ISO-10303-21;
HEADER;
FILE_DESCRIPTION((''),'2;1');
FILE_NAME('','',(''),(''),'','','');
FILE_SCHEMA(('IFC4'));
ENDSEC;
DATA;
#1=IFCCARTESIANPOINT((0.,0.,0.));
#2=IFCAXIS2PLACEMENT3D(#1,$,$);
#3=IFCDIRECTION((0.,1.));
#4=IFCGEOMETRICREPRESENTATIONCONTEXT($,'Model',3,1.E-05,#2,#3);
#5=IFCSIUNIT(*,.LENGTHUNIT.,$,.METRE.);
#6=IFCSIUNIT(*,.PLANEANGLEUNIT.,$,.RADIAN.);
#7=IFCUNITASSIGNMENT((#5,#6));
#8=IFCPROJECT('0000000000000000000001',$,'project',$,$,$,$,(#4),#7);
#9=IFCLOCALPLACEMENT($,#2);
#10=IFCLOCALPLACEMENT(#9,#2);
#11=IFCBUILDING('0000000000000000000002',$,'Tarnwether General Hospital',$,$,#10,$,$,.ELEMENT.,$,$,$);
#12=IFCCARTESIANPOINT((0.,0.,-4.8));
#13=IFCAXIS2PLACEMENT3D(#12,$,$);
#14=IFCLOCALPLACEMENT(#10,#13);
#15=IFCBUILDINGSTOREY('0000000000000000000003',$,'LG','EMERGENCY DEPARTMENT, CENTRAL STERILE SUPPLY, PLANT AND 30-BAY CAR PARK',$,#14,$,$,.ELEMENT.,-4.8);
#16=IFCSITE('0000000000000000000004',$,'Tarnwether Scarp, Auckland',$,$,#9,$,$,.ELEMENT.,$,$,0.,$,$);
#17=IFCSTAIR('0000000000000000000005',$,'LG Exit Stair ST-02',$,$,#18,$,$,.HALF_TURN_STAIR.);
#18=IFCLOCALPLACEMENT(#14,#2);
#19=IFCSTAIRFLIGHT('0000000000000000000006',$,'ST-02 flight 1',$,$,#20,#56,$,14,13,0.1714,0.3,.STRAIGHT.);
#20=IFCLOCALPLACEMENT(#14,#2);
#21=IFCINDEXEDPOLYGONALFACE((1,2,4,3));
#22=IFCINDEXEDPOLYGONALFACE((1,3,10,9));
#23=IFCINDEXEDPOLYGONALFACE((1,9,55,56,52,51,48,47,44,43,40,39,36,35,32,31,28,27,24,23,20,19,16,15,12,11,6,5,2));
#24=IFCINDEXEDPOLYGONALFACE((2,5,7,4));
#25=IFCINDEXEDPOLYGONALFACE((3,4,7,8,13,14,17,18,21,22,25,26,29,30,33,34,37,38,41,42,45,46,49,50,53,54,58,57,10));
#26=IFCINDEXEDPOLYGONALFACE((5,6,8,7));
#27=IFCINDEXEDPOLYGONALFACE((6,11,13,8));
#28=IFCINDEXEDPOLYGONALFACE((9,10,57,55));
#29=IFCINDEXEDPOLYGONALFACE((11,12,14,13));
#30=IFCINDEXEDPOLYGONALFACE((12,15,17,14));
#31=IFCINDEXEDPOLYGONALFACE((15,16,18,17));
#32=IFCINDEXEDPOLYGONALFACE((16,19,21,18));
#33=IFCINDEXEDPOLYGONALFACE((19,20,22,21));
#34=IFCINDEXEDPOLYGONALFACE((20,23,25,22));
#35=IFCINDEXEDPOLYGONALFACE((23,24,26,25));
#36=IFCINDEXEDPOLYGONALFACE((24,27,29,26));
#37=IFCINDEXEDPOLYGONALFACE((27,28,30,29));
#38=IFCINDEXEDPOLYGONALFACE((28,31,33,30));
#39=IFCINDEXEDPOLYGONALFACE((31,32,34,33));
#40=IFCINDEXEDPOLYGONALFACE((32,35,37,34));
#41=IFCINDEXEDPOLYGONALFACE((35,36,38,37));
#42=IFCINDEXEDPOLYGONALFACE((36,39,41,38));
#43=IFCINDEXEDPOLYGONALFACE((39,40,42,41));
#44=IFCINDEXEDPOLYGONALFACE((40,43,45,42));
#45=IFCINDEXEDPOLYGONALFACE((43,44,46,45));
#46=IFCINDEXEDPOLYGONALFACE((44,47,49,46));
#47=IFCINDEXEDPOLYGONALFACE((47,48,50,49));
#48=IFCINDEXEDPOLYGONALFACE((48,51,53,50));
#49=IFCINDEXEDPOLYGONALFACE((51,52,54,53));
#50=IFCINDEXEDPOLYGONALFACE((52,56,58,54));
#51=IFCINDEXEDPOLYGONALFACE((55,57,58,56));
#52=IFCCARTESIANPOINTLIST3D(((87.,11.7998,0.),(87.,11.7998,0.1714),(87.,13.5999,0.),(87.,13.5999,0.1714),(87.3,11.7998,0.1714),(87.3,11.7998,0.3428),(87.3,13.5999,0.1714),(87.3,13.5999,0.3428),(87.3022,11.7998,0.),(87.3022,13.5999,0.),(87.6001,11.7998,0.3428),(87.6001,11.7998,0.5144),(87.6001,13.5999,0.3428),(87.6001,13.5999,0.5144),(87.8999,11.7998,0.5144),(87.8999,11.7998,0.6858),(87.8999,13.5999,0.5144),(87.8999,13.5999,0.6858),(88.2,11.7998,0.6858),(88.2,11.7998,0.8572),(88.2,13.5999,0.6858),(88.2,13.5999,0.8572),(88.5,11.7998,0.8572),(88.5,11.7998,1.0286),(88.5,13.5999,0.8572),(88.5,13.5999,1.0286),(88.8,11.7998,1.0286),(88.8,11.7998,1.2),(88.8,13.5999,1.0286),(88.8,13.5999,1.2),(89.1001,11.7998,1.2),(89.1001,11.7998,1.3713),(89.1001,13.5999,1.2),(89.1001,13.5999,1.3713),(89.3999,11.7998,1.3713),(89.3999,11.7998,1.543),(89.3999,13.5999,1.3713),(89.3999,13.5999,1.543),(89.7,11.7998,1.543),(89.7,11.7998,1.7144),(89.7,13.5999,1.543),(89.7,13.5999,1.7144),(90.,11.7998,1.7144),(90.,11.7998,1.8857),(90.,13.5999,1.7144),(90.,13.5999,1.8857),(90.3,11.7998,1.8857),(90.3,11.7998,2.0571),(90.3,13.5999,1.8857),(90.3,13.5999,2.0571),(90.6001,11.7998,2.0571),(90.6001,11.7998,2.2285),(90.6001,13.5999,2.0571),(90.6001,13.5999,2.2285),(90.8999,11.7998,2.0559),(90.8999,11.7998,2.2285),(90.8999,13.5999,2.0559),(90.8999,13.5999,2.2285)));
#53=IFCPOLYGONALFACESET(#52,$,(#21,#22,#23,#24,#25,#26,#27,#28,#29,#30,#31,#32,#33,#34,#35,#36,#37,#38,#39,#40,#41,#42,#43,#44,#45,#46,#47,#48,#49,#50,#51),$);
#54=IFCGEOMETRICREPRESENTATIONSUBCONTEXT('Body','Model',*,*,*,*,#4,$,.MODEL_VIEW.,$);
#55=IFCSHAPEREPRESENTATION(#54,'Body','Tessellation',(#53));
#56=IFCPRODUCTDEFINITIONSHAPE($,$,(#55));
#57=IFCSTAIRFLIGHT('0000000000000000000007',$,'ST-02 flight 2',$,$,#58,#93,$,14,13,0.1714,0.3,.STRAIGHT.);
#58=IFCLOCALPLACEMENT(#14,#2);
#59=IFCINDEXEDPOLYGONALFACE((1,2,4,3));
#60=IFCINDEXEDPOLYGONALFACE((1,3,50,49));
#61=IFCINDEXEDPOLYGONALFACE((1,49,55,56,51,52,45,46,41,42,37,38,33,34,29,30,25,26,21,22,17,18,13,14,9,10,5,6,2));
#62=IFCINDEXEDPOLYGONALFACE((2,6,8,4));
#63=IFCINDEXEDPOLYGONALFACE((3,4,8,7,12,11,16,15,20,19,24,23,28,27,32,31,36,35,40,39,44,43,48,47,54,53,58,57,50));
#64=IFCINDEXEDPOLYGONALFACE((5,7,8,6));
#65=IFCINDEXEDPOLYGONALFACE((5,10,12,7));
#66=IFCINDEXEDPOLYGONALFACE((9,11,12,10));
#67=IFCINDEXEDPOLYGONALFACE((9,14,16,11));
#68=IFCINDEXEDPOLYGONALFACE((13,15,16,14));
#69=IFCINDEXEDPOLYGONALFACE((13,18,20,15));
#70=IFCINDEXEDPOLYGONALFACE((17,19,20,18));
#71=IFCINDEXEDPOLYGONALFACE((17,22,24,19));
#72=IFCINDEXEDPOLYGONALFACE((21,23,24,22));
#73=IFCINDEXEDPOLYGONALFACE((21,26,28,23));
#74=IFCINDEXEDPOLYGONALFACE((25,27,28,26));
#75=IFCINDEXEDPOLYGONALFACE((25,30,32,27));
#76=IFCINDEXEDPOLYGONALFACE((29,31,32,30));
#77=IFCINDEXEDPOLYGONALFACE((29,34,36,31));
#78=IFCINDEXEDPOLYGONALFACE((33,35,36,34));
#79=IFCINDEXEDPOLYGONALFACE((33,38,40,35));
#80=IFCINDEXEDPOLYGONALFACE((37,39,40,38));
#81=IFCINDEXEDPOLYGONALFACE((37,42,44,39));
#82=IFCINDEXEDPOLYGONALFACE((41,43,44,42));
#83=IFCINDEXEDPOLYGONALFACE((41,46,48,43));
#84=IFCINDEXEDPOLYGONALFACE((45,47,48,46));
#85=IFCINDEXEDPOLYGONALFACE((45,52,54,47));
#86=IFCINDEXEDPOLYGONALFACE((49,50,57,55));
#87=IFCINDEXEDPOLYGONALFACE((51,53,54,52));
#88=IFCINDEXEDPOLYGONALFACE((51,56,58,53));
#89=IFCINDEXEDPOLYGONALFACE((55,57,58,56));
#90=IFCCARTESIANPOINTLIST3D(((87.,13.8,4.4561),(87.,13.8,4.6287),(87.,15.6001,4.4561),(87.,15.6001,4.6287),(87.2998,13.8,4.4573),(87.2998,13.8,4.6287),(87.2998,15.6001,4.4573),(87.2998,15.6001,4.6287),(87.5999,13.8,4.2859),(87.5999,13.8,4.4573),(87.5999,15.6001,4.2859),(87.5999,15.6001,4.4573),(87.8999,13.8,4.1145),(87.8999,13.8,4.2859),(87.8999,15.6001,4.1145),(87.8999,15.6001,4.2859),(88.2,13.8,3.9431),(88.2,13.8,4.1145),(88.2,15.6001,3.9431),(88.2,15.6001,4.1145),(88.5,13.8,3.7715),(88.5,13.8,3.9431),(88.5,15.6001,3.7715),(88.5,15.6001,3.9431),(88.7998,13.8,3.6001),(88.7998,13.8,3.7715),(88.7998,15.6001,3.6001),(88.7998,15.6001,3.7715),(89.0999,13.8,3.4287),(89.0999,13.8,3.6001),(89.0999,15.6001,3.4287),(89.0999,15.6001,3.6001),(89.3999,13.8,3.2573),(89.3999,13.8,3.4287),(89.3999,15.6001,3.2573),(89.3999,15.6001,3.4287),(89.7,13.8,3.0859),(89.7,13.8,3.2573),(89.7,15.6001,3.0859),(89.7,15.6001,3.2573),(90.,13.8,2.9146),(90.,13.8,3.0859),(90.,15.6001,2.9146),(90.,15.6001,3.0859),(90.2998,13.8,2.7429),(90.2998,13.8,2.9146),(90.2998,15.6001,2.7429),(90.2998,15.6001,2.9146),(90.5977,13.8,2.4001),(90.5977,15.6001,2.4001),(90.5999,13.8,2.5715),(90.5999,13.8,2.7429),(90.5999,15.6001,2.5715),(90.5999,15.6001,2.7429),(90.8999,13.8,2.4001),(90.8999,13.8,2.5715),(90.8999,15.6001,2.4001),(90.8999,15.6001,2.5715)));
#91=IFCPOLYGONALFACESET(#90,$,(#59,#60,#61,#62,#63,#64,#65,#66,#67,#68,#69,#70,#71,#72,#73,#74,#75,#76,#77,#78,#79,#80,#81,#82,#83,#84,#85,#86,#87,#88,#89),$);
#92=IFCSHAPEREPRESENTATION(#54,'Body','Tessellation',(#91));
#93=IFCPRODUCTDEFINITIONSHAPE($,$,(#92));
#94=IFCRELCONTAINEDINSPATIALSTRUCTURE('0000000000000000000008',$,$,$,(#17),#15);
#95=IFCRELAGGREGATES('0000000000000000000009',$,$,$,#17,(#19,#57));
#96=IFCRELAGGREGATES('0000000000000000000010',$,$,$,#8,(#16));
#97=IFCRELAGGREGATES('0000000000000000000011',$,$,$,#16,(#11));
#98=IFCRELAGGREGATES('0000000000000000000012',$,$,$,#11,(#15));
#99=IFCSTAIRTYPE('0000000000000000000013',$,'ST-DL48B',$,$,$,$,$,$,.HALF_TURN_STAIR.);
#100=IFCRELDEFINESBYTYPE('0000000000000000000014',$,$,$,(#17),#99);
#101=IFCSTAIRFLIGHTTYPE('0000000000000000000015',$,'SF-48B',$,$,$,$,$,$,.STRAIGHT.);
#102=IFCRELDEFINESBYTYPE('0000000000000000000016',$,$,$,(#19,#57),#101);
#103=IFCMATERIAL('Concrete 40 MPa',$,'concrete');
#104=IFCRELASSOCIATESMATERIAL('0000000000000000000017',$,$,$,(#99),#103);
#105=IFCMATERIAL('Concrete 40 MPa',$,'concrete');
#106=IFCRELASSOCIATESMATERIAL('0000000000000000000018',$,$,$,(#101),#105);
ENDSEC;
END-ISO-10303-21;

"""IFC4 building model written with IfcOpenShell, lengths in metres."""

from ifc_helpers import new_model, si_unit, direction, frame, origin, place, context, subcontext, project, spatial, polyline, outline, extrude, material, type_object, element, aggregate, save


model = new_model("IFC4")

# Units and contexts
model_context = context("Model", 3, precision=1e-05, world=origin(), true_north=direction((0.0, 1.0)))
body_context = subcontext(model_context, "Body", "Model", "MODEL_VIEW")
ifc_project = project(units=[si_unit("LENGTHUNIT", "METRE"), si_unit("PLANEANGLEUNIT", "RADIAN")], contexts=[model_context])

# Site, building, storey
site_placement = place(None, origin())
site = spatial("IfcSite", under=ifc_project, at=site_placement, Name="Tarnwether Scarp, Auckland", CompositionType="ELEMENT", RefElevation=0.0)
building_placement = place(site_placement, origin())
building = spatial("IfcBuilding", under=site, at=building_placement, Name="Tarnwether General Hospital", CompositionType="ELEMENT")
storey_placement = place(building_placement, frame((0.0, 0.0, -4.8)))
storey = spatial("IfcBuildingStorey", under=building, at=storey_placement, Name="LG", Description="EMERGENCY DEPARTMENT, CENTRAL STERILE SUPPLY, PLANT AND 30-BAY CAR PARK", CompositionType="ELEMENT", Elevation=-4.8)

# Stair, stair flights
ifc_material_1 = material(Name="Concrete 40 MPa", Category="concrete")
stair_type = type_object("IfcStairType", Name="ST-DL48B", PredefinedType="HALF_TURN_STAIR", material=ifc_material_1)
stair_placement = place(storey_placement, origin())
stair = element("IfcStair", 1, at=stair_placement, inside=storey, type_object=stair_type, Name="LG Exit Stair ST-02", PredefinedType="HALF_TURN_STAIR")
ifc_material_2 = material(Name="Concrete 40 MPa", Category="concrete")
stair_flight_type = type_object("IfcStairFlightType", Name="SF-48B", PredefinedType="STRAIGHT", material=ifc_material_2)
stair_flight_1_placement = place(storey_placement, frame((87.0, 12.7, 0.0), z_axis=(0.0, 0.0, 1.0), x_axis=(1.0, 0.0, 0.0)))
stair_flight_1 = element("IfcStairFlight", 2, at=stair_flight_1_placement, type_object=stair_flight_type, Name="ST-02 flight 1", NumberOfRisers=14, NumberOfTreads=13, PredefinedType="STRAIGHT", RiserHeight=0.1714, TreadLength=0.3, context=body_context, shape_type="SweptSolid", body=[
    extrude(outline(polyline([(0.0, 0.0), (0.0, 0.1714), (0.3, 0.1714), (0.3, 0.3428), (0.6001, 0.3428), (0.6001, 0.5144), (0.8999, 0.5144), (0.8999, 0.6858), (1.2, 0.6858), (1.2, 0.8572), (1.5, 0.8572), (1.5, 1.0286), (1.8, 1.0286), (1.8, 1.2), (2.1001, 1.2), (2.1001, 1.3713), (2.3999, 1.3713), (2.3999, 1.543), (2.7, 1.543), (2.7, 1.7144), (3.0, 1.7144), (3.0, 1.8857), (3.3, 1.8857), (3.3, 2.0571), (3.6001, 2.0571), (3.6001, 2.2285), (3.8999, 2.2285), (3.8999, 2.3999), (3.8999, 2.0559), (0.3022, 0.0), (0.0, 0.0)])), frame((0.0, 0.8999, 0.0), z_axis=(0.0, -1.0, 0.0), x_axis=(1.0, 0.0, 0.0)), (0.0, 0.0, 1.0), 1.8),
])
stair_flight_2_placement = place(storey_placement, frame((90.8999, 14.7, 2.4001), z_axis=(0.0, 0.0, 1.0), x_axis=(-1.0, 0.0, 0.0)))
stair_flight_2 = element("IfcStairFlight", 3, at=stair_flight_2_placement, type_object=stair_flight_type, Name="ST-02 flight 2", NumberOfRisers=14, NumberOfTreads=13, PredefinedType="STRAIGHT", RiserHeight=0.1714, TreadLength=0.3, context=body_context, shape_type="SweptSolid", body=[
    extrude(outline(polyline([(0.0, 0.0), (0.0, 0.1714), (0.3, 0.1714), (0.3, 0.3428), (0.6001, 0.3428), (0.6001, 0.5144), (0.8999, 0.5144), (0.8999, 0.6858), (1.2, 0.6858), (1.2, 0.8572), (1.5, 0.8572), (1.5, 1.0286), (1.8, 1.0286), (1.8, 1.2), (2.1001, 1.2), (2.1001, 1.3713), (2.3999, 1.3713), (2.3999, 1.543), (2.7, 1.543), (2.7, 1.7144), (3.0, 1.7144), (3.0, 1.8857), (3.3, 1.8857), (3.3, 2.0571), (3.6001, 2.0571), (3.6001, 2.2285), (3.8999, 2.2285), (3.8999, 2.3999), (3.8999, 2.0559), (0.3022, 0.0), (0.0, 0.0)])), frame((0.0, 0.8999, 0.0), z_axis=(0.0, -1.0, 0.0), x_axis=(1.0, 0.0, 0.0)), (0.0, 0.0, 1.0), 1.8),
])
aggregate(stair, [stair_flight_1, stair_flight_2])

save(model, "model.ifc")
